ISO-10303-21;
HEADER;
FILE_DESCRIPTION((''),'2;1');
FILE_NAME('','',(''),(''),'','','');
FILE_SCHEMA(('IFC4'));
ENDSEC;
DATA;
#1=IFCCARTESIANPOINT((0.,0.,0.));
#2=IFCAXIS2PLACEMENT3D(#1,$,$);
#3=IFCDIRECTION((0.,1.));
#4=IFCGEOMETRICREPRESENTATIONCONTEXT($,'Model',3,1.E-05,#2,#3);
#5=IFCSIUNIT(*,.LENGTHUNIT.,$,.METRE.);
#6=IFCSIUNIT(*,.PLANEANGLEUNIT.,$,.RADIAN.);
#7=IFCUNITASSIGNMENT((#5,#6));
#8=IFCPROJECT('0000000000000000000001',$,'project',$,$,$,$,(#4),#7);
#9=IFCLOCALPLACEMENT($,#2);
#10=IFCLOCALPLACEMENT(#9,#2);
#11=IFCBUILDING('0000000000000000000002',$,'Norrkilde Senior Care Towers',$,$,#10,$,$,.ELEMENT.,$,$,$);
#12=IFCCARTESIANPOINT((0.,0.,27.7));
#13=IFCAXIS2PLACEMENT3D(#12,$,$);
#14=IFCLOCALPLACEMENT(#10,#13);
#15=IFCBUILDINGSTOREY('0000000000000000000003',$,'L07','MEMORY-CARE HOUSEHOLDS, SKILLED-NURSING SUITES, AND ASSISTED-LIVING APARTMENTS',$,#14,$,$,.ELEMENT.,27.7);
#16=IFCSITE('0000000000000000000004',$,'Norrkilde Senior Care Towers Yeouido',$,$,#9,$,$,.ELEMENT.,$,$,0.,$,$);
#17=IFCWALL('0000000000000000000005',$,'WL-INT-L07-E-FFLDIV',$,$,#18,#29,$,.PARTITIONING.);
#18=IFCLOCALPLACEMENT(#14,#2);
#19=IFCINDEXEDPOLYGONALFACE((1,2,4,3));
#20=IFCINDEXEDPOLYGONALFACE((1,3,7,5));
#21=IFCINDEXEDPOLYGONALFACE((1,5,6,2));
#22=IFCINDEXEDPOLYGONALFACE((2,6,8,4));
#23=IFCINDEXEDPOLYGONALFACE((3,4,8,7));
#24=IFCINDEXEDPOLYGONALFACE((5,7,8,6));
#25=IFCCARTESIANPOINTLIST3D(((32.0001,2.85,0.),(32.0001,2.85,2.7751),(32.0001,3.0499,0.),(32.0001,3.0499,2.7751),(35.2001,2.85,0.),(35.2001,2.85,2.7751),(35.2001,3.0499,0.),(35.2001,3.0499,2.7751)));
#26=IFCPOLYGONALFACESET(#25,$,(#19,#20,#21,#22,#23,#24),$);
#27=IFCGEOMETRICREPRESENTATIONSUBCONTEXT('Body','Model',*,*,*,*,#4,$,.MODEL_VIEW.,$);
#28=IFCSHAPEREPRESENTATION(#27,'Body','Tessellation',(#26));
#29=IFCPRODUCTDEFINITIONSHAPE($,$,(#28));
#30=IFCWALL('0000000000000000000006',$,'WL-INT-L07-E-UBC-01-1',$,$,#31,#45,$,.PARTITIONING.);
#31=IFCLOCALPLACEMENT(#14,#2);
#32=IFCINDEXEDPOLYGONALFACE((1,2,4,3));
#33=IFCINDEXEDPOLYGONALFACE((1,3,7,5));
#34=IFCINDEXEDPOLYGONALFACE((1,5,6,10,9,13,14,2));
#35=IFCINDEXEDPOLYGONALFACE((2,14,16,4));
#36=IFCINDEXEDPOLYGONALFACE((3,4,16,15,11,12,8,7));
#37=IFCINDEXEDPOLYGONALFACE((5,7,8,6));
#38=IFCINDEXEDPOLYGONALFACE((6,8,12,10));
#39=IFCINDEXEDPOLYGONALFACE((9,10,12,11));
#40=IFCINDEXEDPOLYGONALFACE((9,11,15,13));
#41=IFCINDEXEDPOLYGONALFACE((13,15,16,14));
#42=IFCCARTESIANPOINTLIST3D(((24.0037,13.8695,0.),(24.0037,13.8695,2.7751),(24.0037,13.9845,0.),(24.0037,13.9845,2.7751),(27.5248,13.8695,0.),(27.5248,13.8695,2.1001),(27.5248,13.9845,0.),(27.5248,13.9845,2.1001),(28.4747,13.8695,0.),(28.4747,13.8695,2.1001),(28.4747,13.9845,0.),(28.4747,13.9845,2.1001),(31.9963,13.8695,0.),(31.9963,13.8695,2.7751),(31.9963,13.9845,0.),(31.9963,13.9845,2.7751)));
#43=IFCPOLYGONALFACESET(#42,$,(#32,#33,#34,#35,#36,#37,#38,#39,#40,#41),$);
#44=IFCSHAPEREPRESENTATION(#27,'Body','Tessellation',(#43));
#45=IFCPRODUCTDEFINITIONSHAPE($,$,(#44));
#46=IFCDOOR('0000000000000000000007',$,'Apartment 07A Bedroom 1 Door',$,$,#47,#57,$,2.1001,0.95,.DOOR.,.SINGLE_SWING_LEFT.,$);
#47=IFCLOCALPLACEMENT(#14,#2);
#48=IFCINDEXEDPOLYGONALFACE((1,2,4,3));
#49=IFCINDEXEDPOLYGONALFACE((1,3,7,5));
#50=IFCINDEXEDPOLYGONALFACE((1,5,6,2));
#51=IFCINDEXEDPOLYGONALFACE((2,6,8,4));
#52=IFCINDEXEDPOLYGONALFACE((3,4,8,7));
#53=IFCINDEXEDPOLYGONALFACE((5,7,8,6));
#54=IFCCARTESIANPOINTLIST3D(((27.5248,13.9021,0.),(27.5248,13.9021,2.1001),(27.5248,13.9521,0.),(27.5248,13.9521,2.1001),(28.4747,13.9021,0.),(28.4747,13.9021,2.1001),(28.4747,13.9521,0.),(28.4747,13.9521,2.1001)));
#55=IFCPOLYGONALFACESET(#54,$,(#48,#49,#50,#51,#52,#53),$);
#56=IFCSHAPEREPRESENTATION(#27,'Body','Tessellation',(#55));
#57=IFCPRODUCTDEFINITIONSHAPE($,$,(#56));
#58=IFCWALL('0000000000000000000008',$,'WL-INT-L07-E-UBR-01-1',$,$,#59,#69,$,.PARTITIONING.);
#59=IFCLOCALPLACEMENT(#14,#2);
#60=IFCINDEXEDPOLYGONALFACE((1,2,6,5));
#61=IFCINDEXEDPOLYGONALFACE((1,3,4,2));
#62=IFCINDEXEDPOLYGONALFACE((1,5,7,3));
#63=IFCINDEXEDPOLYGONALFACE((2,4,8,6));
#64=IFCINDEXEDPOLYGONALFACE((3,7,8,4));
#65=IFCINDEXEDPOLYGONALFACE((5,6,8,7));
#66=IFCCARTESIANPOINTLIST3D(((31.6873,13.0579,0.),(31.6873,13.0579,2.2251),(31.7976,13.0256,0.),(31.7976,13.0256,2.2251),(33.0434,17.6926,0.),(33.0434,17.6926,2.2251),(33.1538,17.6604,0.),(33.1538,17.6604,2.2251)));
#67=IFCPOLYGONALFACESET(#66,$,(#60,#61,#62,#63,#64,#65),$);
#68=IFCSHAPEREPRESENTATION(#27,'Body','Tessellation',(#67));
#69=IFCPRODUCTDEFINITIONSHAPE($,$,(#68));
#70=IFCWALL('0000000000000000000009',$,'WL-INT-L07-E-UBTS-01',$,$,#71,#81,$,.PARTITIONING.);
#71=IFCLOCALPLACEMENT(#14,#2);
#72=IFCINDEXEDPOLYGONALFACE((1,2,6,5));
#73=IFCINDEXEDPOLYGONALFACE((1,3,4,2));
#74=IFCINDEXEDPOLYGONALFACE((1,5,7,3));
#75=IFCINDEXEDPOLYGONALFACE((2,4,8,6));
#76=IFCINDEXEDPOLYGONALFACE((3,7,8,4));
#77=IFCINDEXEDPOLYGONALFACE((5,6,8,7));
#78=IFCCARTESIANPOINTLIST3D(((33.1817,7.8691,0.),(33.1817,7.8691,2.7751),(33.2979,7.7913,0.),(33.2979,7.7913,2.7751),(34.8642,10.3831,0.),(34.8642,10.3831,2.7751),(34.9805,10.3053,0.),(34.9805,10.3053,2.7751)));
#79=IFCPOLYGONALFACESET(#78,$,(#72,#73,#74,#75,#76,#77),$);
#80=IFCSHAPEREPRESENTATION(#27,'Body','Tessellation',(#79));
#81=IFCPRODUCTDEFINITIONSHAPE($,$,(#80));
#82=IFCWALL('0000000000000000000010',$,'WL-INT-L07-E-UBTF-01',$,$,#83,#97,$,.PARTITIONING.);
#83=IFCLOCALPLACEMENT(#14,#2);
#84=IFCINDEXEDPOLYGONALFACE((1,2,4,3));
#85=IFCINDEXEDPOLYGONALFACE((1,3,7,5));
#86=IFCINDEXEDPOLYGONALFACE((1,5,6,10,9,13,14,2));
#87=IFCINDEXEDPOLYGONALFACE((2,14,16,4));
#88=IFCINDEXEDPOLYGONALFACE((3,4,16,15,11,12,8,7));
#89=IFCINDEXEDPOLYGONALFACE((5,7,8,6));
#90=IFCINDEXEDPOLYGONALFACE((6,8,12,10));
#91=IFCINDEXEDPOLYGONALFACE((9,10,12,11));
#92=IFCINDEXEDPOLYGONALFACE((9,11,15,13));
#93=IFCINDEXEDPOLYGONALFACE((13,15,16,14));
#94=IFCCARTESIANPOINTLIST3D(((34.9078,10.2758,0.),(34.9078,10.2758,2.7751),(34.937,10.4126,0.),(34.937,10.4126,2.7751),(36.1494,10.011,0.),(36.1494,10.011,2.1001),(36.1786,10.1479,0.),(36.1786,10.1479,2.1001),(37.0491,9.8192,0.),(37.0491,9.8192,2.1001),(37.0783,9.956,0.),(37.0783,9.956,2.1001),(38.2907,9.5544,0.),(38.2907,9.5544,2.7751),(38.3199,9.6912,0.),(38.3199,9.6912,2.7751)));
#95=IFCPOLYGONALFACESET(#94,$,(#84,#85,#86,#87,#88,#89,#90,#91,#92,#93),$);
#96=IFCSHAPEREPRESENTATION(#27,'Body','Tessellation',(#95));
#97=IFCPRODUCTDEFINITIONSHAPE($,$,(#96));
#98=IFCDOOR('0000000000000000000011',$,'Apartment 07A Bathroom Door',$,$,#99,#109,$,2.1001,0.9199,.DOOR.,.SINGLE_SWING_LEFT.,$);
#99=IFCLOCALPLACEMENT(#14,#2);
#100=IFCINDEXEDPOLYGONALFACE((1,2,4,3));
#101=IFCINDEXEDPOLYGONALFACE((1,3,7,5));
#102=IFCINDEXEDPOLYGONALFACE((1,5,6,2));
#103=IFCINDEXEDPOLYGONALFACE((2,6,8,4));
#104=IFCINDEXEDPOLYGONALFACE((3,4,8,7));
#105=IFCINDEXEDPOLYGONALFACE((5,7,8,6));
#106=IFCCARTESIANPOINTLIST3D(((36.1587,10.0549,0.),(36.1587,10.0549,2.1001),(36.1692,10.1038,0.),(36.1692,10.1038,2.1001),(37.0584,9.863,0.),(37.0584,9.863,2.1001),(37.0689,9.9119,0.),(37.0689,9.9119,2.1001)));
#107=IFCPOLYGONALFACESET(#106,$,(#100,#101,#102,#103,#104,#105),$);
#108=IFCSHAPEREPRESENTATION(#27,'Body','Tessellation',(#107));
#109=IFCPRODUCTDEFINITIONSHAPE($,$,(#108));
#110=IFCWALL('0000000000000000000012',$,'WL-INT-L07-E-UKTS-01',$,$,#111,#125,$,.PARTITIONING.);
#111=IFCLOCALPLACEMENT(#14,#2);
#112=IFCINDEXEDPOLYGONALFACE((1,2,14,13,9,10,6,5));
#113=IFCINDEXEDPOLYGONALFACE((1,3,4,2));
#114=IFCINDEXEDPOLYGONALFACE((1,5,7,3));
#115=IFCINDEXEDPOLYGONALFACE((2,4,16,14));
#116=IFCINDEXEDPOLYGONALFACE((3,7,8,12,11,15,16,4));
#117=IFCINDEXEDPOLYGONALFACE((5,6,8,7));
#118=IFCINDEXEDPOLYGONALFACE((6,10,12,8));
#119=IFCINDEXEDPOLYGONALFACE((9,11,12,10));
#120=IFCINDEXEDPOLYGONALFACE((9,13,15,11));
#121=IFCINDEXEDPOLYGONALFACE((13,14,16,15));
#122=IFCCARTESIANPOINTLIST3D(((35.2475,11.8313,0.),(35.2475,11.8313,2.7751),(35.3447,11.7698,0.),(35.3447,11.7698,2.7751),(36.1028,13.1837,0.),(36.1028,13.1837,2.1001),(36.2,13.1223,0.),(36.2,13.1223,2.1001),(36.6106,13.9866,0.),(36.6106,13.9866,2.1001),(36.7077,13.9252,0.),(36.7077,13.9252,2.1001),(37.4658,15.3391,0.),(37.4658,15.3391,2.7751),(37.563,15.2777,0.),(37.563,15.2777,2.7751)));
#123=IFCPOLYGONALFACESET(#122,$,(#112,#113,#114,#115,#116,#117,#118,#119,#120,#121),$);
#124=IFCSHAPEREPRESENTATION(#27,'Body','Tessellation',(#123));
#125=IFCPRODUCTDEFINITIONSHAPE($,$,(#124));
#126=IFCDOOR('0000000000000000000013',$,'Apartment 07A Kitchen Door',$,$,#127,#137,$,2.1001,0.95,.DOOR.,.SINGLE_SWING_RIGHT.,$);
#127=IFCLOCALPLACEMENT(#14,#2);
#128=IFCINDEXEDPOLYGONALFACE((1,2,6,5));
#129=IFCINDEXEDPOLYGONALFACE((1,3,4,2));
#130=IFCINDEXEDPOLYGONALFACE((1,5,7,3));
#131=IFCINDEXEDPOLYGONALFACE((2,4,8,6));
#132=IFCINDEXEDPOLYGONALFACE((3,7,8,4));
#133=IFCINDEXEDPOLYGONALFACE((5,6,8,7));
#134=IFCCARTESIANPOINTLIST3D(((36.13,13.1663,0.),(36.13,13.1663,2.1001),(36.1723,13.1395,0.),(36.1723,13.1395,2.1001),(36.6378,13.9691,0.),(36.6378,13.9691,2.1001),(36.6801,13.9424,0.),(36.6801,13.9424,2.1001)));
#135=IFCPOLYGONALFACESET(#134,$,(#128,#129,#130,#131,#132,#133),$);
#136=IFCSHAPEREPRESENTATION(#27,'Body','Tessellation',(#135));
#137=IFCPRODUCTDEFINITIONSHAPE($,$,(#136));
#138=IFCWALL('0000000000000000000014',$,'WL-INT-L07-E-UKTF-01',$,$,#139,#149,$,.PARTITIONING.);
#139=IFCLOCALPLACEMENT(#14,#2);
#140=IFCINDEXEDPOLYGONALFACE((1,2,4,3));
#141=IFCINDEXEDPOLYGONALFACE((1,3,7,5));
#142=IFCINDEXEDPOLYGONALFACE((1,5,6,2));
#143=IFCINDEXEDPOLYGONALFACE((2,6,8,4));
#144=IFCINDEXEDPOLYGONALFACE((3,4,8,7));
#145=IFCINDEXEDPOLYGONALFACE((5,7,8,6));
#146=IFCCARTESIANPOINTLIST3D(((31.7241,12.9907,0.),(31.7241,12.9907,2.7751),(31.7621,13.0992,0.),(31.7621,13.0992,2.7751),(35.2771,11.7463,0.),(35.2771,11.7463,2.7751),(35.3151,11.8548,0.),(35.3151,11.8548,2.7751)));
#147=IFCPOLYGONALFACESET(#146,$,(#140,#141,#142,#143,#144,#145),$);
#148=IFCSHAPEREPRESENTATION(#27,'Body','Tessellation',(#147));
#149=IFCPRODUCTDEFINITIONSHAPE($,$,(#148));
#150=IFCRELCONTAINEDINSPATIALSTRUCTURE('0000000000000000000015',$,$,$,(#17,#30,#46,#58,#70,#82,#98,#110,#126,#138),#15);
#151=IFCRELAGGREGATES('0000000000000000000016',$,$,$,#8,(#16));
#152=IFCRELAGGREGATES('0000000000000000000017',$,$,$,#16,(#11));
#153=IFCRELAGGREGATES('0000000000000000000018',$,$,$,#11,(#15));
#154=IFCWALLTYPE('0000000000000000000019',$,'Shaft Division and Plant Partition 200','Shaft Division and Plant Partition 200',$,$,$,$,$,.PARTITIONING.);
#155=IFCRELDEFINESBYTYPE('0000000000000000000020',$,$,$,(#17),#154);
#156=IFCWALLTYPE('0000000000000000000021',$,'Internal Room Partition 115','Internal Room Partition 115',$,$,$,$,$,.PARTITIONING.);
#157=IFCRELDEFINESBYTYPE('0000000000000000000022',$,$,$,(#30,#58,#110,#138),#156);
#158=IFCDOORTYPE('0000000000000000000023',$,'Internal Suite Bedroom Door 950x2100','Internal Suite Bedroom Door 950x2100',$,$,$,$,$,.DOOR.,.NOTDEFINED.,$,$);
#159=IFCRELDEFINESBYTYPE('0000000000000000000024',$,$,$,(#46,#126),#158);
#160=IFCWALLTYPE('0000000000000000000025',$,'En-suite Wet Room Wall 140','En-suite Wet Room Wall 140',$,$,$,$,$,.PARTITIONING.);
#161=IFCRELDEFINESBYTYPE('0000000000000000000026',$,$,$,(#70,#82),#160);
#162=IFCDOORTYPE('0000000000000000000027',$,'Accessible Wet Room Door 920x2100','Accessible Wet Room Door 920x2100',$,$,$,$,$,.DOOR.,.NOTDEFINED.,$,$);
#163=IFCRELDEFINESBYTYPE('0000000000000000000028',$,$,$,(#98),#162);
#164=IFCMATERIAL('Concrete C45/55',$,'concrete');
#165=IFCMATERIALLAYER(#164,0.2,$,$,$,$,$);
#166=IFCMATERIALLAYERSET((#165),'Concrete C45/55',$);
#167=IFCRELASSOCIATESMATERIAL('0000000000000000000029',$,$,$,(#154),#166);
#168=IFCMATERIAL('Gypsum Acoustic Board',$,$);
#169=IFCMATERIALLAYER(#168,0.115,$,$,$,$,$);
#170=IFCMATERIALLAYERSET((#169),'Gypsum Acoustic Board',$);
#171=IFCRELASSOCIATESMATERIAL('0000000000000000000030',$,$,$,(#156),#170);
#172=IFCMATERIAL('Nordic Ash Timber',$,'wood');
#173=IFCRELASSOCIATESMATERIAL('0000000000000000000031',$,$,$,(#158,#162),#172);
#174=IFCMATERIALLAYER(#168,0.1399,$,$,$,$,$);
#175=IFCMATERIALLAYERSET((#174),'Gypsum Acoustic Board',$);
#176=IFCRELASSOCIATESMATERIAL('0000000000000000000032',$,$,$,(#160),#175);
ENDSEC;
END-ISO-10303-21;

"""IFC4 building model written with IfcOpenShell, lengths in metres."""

from ifc_helpers import new_model, si_unit, direction, frame, frame_2d, origin, place, context, subcontext, project, spatial, rectangle, extrude, source, transform, mapped, material, layer, layer_set, type_object, type_shapes, element, fill, save


model = new_model("IFC4")

# Units and contexts
model_context = context("Model", 3, precision=1e-05, world=origin(), true_north=direction((0.0, 1.0)))
body_context = subcontext(model_context, "Body", "Model", "MODEL_VIEW")
ifc_project = project(units=[si_unit("LENGTHUNIT", "METRE"), si_unit("PLANEANGLEUNIT", "RADIAN")], contexts=[model_context])

# Site, building, storey
site_placement = place(None, origin())
site = spatial("IfcSite", under=ifc_project, at=site_placement, Name="Norrkilde Senior Care Towers Yeouido", CompositionType="ELEMENT", RefElevation=0.0)
building_placement = place(site_placement, origin())
building = spatial("IfcBuilding", under=site, at=building_placement, Name="Norrkilde Senior Care Towers", CompositionType="ELEMENT")
storey_placement = place(building_placement, frame((0.0, 0.0, 27.7)))
storey = spatial("IfcBuildingStorey", under=building, at=storey_placement, Name="L07", Description="MEMORY-CARE HOUSEHOLDS, SKILLED-NURSING SUITES, AND ASSISTED-LIVING APARTMENTS", CompositionType="ELEMENT", Elevation=27.7)

# Shared definitions
ifc_material_1 = material(Name="Concrete C45/55", Category="concrete")

# Wall
ifc_layer_1 = layer(ifc_material_1, 0.2)
ifc_layer_set_1 = layer_set([ifc_layer_1], Name="Concrete C45/55")
wall_type_1 = type_object("IfcWallType", Name="Shaft Division and Plant Partition 200", Description="Shaft Division and Plant Partition 200", PredefinedType="PARTITIONING", material=ifc_layer_set_1)
shared_shape_1 = source(origin(), body_context, "Body", "SweptSolid", [
    extrude(rectangle(XDim=3.2, YDim=0.2, at=frame_2d((1.6001, 0.0))), origin(), (0.0, 0.0, 1.0), 2.7751),
])
type_shapes(wall_type_1, [shared_shape_1])
wall_1_placement = place(storey_placement, frame((32.0, 2.95, 0.0), z_axis=(0.0, 0.0, 1.0), x_axis=(1.0, 0.0, 0.0)))
element("IfcWall", 1, at=wall_1_placement, inside=storey, type_object=wall_type_1, Name="WL-INT-L07-E-FFLDIV", PredefinedType="PARTITIONING", context=body_context, shape_type="MappedRepresentation", body=[
    mapped(shared_shape_1, transform((0.0, 0.0, 0.0), x_axis=(1.0, 0.0, 0.0), y_axis=(0.0, 1.0, 0.0), z_axis=(0.0, 0.0, 1.0), scale=1.0)),
])

# Wall, opening, door
ifc_material_2 = material(Name="Gypsum Acoustic Board")
ifc_layer_2 = layer(ifc_material_2, 0.115)
ifc_layer_set_2 = layer_set([ifc_layer_2], Name="Gypsum Acoustic Board")
wall_type_2 = type_object("IfcWallType", Name="Internal Room Partition 115", Description="Internal Room Partition 115", PredefinedType="PARTITIONING", material=ifc_layer_set_2)
shared_shape_2 = source(origin(), body_context, "Body", "SweptSolid", [
    extrude(rectangle(XDim=7.9927, YDim=0.115, at=frame_2d((3.9963, 0.0))), origin(), (0.0, 0.0, 1.0), 2.7751),
])
wall_2_placement = place(storey_placement, frame((31.9963, 13.927, 0.0), z_axis=(0.0, 0.0, 1.0), x_axis=(-1.0, 0.0, 0.0)))
wall_2 = element("IfcWall", 2, at=wall_2_placement, inside=storey, type_object=wall_type_2, Name="WL-INT-L07-E-UBC-01-1", PredefinedType="PARTITIONING", context=body_context, shape_type="MappedRepresentation", body=[
    mapped(shared_shape_2, transform((0.0, 0.0, 0.0), x_axis=(1.0, 0.0, 0.0), y_axis=(0.0, 1.0, 0.0), z_axis=(0.0, 0.0, 1.0), scale=1.0)),
])
opening_1_placement = place(wall_2_placement, frame((3.5215, 0.0, 0.0)))
opening_1 = element("IfcOpeningElement", 3, at=opening_1_placement, cuts=wall_2, PredefinedType="OPENING", context=body_context, shape_type="SweptSolid", body=[
    extrude(rectangle(XDim=0.95, YDim=2.1001, at=frame_2d((0.4751, 1.05))), frame((0.0, 0.0674, 0.0), z_axis=(0.0, -1.0, 0.0), x_axis=(1.0, 0.0, 0.0)), (0.0, 0.0, 1.0), 0.135),
])
ifc_material_3 = material(Name="Nordic Ash Timber", Category="wood")
door_type_1 = type_object("IfcDoorType", Name="Internal Suite Bedroom Door 950x2100", Description="Internal Suite Bedroom Door 950x2100", OperationType="NOTDEFINED", PredefinedType="DOOR", material=ifc_material_3)
shared_shape_3 = source(origin(), body_context, "Body", "SweptSolid", [
    extrude(rectangle(XDim=0.95, YDim=2.1001, at=frame_2d((0.4751, 1.05))), frame((0.0, 0.0249, 0.0), z_axis=(0.0, -1.0, 0.0), x_axis=(1.0, 0.0, 0.0)), (0.0, 0.0, 1.0), 0.05),
])
type_shapes(door_type_1, [shared_shape_3])
door_1_placement = place(opening_1_placement, origin())
door_1 = element("IfcDoor", 4, at=door_1_placement, inside=storey, type_object=door_type_1, Name="Apartment 07A Bedroom 1 Door", OperationType="SINGLE_SWING_LEFT", OverallHeight=2.1001, OverallWidth=0.95, PredefinedType="DOOR", context=body_context, shape_type="MappedRepresentation", body=[
    mapped(shared_shape_3, transform((0.0, 0.0, 0.0), x_axis=(1.0, 0.0, 0.0), y_axis=(0.0, 1.0, 0.0), z_axis=(0.0, 0.0, 1.0), scale=1.0)),
])
fill(opening_1, door_1)

# Walls
shared_shape_4 = source(origin(), body_context, "Body", "SweptSolid", [
    extrude(rectangle(XDim=4.8291, YDim=0.115, at=frame_2d((2.4146, 0.0))), origin(), (0.0, 0.0, 1.0), 2.2251),
])
wall_3_placement = place(storey_placement, frame((31.7424, 13.0417, 0.0), z_axis=(0.0, 0.0, 1.0), x_axis=(0.280839, 0.959755, 0.0)))
element("IfcWall", 5, at=wall_3_placement, inside=storey, type_object=wall_type_2, Name="WL-INT-L07-E-UBR-01-1", PredefinedType="PARTITIONING", context=body_context, shape_type="MappedRepresentation", body=[
    mapped(shared_shape_4, transform((0.0, 0.0, 0.0), x_axis=(1.0, 0.0, 0.0), y_axis=(0.0, 1.0, 0.0), z_axis=(0.0, 0.0, 1.0), scale=1.0)),
])
ifc_layer_3 = layer(ifc_material_2, 0.1399)
ifc_layer_set_3 = layer_set([ifc_layer_3], Name="Gypsum Acoustic Board")
wall_type_3 = type_object("IfcWallType", Name="En-suite Wet Room Wall 140", Description="En-suite Wet Room Wall 140", PredefinedType="PARTITIONING", material=ifc_layer_set_3)
shared_shape_5 = source(origin(), body_context, "Body", "SweptSolid", [
    extrude(rectangle(XDim=3.0251, YDim=0.1399, at=frame_2d((1.5127, 0.0))), origin(), (0.0, 0.0, 1.0), 2.7751),
])
wall_4_placement = place(storey_placement, frame((33.2397, 7.8301, 0.0), z_axis=(0.0, 0.0, 1.0), x_axis=(0.556189, 0.831056, 0.0)))
element("IfcWall", 6, at=wall_4_placement, inside=storey, type_object=wall_type_3, Name="WL-INT-L07-E-UBTS-01", PredefinedType="PARTITIONING", context=body_context, shape_type="MappedRepresentation", body=[
    mapped(shared_shape_5, transform((0.0, 0.0, 0.0), x_axis=(1.0, 0.0, 0.0), y_axis=(0.0, 1.0, 0.0), z_axis=(0.0, 0.0, 1.0), scale=1.0)),
])

# Walls, openings, doors
shared_shape_6 = source(origin(), body_context, "Body", "SweptSolid", [
    extrude(rectangle(XDim=3.459, YDim=0.1399, at=frame_2d((1.7295, 0.0))), origin(), (0.0, 0.0, 1.0), 2.7751),
])
type_shapes(wall_type_3, [shared_shape_5, shared_shape_6])
wall_5_placement = place(storey_placement, frame((34.9224, 10.3442, 0.0), z_axis=(0.0, 0.0, 1.0), x_axis=(0.978006, -0.208575, 0.0)))
wall_5 = element("IfcWall", 7, at=wall_5_placement, inside=storey, type_object=wall_type_3, Name="WL-INT-L07-E-UBTF-01", PredefinedType="PARTITIONING", context=body_context, shape_type="MappedRepresentation", body=[
    mapped(shared_shape_6, transform((0.0, 0.0, 0.0), x_axis=(1.0, 0.0, 0.0), y_axis=(0.0, 1.0, 0.0), z_axis=(0.0, 0.0, 1.0), scale=1.0)),
])
opening_2_placement = place(wall_5_placement, frame((1.2695, 0.0, 0.0)))
opening_2 = element("IfcOpeningElement", 8, at=opening_2_placement, cuts=wall_5, PredefinedType="OPENING", context=body_context, shape_type="SweptSolid", body=[
    extrude(rectangle(XDim=0.9199, YDim=2.1001, at=frame_2d((0.46, 1.05))), frame((0.0, 0.0798, 0.0), z_axis=(0.0, -1.0, 0.0), x_axis=(1.0, 0.0, 0.0)), (0.0, 0.0, 1.0), 0.1599),
])
door_type_2 = type_object("IfcDoorType", Name="Accessible Wet Room Door 920x2100", Description="Accessible Wet Room Door 920x2100", OperationType="NOTDEFINED", PredefinedType="DOOR", material=ifc_material_3)
shared_shape_7 = source(origin(), body_context, "Body", "SweptSolid", [
    extrude(rectangle(XDim=0.9199, YDim=2.1001, at=frame_2d((0.46, 1.05))), frame((0.0, 0.0249, 0.0), z_axis=(0.0, -1.0, 0.0), x_axis=(1.0, 0.0, 0.0)), (0.0, 0.0, 1.0), 0.05),
])
type_shapes(door_type_2, [shared_shape_7])
door_2_placement = place(opening_2_placement, origin())
door_2 = element("IfcDoor", 9, at=door_2_placement, inside=storey, type_object=door_type_2, Name="Apartment 07A Bathroom Door", OperationType="SINGLE_SWING_LEFT", OverallHeight=2.1001, OverallWidth=0.9199, PredefinedType="DOOR", context=body_context, shape_type="MappedRepresentation", body=[
    mapped(shared_shape_7, transform((0.0, 0.0, 0.0), x_axis=(1.0, 0.0, 0.0), y_axis=(0.0, 1.0, 0.0), z_axis=(0.0, 0.0, 1.0), scale=1.0)),
])
fill(opening_2, door_2)
shared_shape_8 = source(origin(), body_context, "Body", "SweptSolid", [
    extrude(rectangle(XDim=4.1504, YDim=0.115, at=frame_2d((2.0752, 0.0))), origin(), (0.0, 0.0, 1.0), 2.7751),
])
wall_6_placement = place(storey_placement, frame((35.2961, 11.8005, 0.0), z_axis=(0.0, 0.0, 1.0), x_axis=(0.534475, 0.845184, 0.0)))
wall_6 = element("IfcWall", 10, at=wall_6_placement, inside=storey, type_object=wall_type_2, Name="WL-INT-L07-E-UKTS-01", PredefinedType="PARTITIONING", context=body_context, shape_type="MappedRepresentation", body=[
    mapped(shared_shape_8, transform((0.0, 0.0, 0.0), x_axis=(1.0, 0.0, 0.0), y_axis=(0.0, 1.0, 0.0), z_axis=(0.0, 0.0, 1.0), scale=1.0)),
])
opening_3_placement = place(wall_6_placement, frame((1.6001, 0.0, 0.0)))
opening_3 = element("IfcOpeningElement", 11, at=opening_3_placement, cuts=wall_6, PredefinedType="OPENING", context=body_context, shape_type="SweptSolid", body=[
    extrude(rectangle(XDim=0.95, YDim=2.1001, at=frame_2d((0.4751, 1.05))), frame((0.0, 0.0674, 0.0), z_axis=(0.0, -1.0, 0.0), x_axis=(1.0, 0.0, 0.0)), (0.0, 0.0, 1.0), 0.135),
])
door_3_placement = place(opening_3_placement, frame((0.95, 0.0, 0.0), z_axis=(0.0, 0.0, 1.0), x_axis=(-1.0, 0.0, 0.0)))
door_3 = element("IfcDoor", 12, at=door_3_placement, inside=storey, type_object=door_type_1, Name="Apartment 07A Kitchen Door", OperationType="SINGLE_SWING_RIGHT", OverallHeight=2.1001, OverallWidth=0.95, PredefinedType="DOOR", context=body_context, shape_type="MappedRepresentation", body=[
    mapped(shared_shape_3, transform((0.0, 0.0, 0.0), x_axis=(1.0, 0.0, 0.0), y_axis=(0.0, 1.0, 0.0), z_axis=(0.0, 0.0, 1.0), scale=1.0)),
])
fill(opening_3, door_3)

# Wall
shared_shape_9 = source(origin(), body_context, "Body", "SweptSolid", [
    extrude(rectangle(XDim=3.7646, YDim=0.115, at=frame_2d((1.8823, 0.0))), origin(), (0.0, 0.0, 1.0), 2.7751),
])
type_shapes(wall_type_2, [shared_shape_2, shared_shape_4, shared_shape_8, shared_shape_9])
wall_7_placement = place(storey_placement, frame((35.2961, 11.8005, 0.0), z_axis=(0.0, 0.0, 1.0), x_axis=(-0.943789, 0.33055, 0.0)))
element("IfcWall", 13, at=wall_7_placement, inside=storey, type_object=wall_type_2, Name="WL-INT-L07-E-UKTF-01", PredefinedType="PARTITIONING", context=body_context, shape_type="MappedRepresentation", body=[
    mapped(shared_shape_9, transform((0.0, 0.0, 0.0), x_axis=(1.0, 0.0, 0.0), y_axis=(0.0, 1.0, 0.0), z_axis=(0.0, 0.0, 1.0), scale=1.0)),
])

save(model, "model.ifc")
